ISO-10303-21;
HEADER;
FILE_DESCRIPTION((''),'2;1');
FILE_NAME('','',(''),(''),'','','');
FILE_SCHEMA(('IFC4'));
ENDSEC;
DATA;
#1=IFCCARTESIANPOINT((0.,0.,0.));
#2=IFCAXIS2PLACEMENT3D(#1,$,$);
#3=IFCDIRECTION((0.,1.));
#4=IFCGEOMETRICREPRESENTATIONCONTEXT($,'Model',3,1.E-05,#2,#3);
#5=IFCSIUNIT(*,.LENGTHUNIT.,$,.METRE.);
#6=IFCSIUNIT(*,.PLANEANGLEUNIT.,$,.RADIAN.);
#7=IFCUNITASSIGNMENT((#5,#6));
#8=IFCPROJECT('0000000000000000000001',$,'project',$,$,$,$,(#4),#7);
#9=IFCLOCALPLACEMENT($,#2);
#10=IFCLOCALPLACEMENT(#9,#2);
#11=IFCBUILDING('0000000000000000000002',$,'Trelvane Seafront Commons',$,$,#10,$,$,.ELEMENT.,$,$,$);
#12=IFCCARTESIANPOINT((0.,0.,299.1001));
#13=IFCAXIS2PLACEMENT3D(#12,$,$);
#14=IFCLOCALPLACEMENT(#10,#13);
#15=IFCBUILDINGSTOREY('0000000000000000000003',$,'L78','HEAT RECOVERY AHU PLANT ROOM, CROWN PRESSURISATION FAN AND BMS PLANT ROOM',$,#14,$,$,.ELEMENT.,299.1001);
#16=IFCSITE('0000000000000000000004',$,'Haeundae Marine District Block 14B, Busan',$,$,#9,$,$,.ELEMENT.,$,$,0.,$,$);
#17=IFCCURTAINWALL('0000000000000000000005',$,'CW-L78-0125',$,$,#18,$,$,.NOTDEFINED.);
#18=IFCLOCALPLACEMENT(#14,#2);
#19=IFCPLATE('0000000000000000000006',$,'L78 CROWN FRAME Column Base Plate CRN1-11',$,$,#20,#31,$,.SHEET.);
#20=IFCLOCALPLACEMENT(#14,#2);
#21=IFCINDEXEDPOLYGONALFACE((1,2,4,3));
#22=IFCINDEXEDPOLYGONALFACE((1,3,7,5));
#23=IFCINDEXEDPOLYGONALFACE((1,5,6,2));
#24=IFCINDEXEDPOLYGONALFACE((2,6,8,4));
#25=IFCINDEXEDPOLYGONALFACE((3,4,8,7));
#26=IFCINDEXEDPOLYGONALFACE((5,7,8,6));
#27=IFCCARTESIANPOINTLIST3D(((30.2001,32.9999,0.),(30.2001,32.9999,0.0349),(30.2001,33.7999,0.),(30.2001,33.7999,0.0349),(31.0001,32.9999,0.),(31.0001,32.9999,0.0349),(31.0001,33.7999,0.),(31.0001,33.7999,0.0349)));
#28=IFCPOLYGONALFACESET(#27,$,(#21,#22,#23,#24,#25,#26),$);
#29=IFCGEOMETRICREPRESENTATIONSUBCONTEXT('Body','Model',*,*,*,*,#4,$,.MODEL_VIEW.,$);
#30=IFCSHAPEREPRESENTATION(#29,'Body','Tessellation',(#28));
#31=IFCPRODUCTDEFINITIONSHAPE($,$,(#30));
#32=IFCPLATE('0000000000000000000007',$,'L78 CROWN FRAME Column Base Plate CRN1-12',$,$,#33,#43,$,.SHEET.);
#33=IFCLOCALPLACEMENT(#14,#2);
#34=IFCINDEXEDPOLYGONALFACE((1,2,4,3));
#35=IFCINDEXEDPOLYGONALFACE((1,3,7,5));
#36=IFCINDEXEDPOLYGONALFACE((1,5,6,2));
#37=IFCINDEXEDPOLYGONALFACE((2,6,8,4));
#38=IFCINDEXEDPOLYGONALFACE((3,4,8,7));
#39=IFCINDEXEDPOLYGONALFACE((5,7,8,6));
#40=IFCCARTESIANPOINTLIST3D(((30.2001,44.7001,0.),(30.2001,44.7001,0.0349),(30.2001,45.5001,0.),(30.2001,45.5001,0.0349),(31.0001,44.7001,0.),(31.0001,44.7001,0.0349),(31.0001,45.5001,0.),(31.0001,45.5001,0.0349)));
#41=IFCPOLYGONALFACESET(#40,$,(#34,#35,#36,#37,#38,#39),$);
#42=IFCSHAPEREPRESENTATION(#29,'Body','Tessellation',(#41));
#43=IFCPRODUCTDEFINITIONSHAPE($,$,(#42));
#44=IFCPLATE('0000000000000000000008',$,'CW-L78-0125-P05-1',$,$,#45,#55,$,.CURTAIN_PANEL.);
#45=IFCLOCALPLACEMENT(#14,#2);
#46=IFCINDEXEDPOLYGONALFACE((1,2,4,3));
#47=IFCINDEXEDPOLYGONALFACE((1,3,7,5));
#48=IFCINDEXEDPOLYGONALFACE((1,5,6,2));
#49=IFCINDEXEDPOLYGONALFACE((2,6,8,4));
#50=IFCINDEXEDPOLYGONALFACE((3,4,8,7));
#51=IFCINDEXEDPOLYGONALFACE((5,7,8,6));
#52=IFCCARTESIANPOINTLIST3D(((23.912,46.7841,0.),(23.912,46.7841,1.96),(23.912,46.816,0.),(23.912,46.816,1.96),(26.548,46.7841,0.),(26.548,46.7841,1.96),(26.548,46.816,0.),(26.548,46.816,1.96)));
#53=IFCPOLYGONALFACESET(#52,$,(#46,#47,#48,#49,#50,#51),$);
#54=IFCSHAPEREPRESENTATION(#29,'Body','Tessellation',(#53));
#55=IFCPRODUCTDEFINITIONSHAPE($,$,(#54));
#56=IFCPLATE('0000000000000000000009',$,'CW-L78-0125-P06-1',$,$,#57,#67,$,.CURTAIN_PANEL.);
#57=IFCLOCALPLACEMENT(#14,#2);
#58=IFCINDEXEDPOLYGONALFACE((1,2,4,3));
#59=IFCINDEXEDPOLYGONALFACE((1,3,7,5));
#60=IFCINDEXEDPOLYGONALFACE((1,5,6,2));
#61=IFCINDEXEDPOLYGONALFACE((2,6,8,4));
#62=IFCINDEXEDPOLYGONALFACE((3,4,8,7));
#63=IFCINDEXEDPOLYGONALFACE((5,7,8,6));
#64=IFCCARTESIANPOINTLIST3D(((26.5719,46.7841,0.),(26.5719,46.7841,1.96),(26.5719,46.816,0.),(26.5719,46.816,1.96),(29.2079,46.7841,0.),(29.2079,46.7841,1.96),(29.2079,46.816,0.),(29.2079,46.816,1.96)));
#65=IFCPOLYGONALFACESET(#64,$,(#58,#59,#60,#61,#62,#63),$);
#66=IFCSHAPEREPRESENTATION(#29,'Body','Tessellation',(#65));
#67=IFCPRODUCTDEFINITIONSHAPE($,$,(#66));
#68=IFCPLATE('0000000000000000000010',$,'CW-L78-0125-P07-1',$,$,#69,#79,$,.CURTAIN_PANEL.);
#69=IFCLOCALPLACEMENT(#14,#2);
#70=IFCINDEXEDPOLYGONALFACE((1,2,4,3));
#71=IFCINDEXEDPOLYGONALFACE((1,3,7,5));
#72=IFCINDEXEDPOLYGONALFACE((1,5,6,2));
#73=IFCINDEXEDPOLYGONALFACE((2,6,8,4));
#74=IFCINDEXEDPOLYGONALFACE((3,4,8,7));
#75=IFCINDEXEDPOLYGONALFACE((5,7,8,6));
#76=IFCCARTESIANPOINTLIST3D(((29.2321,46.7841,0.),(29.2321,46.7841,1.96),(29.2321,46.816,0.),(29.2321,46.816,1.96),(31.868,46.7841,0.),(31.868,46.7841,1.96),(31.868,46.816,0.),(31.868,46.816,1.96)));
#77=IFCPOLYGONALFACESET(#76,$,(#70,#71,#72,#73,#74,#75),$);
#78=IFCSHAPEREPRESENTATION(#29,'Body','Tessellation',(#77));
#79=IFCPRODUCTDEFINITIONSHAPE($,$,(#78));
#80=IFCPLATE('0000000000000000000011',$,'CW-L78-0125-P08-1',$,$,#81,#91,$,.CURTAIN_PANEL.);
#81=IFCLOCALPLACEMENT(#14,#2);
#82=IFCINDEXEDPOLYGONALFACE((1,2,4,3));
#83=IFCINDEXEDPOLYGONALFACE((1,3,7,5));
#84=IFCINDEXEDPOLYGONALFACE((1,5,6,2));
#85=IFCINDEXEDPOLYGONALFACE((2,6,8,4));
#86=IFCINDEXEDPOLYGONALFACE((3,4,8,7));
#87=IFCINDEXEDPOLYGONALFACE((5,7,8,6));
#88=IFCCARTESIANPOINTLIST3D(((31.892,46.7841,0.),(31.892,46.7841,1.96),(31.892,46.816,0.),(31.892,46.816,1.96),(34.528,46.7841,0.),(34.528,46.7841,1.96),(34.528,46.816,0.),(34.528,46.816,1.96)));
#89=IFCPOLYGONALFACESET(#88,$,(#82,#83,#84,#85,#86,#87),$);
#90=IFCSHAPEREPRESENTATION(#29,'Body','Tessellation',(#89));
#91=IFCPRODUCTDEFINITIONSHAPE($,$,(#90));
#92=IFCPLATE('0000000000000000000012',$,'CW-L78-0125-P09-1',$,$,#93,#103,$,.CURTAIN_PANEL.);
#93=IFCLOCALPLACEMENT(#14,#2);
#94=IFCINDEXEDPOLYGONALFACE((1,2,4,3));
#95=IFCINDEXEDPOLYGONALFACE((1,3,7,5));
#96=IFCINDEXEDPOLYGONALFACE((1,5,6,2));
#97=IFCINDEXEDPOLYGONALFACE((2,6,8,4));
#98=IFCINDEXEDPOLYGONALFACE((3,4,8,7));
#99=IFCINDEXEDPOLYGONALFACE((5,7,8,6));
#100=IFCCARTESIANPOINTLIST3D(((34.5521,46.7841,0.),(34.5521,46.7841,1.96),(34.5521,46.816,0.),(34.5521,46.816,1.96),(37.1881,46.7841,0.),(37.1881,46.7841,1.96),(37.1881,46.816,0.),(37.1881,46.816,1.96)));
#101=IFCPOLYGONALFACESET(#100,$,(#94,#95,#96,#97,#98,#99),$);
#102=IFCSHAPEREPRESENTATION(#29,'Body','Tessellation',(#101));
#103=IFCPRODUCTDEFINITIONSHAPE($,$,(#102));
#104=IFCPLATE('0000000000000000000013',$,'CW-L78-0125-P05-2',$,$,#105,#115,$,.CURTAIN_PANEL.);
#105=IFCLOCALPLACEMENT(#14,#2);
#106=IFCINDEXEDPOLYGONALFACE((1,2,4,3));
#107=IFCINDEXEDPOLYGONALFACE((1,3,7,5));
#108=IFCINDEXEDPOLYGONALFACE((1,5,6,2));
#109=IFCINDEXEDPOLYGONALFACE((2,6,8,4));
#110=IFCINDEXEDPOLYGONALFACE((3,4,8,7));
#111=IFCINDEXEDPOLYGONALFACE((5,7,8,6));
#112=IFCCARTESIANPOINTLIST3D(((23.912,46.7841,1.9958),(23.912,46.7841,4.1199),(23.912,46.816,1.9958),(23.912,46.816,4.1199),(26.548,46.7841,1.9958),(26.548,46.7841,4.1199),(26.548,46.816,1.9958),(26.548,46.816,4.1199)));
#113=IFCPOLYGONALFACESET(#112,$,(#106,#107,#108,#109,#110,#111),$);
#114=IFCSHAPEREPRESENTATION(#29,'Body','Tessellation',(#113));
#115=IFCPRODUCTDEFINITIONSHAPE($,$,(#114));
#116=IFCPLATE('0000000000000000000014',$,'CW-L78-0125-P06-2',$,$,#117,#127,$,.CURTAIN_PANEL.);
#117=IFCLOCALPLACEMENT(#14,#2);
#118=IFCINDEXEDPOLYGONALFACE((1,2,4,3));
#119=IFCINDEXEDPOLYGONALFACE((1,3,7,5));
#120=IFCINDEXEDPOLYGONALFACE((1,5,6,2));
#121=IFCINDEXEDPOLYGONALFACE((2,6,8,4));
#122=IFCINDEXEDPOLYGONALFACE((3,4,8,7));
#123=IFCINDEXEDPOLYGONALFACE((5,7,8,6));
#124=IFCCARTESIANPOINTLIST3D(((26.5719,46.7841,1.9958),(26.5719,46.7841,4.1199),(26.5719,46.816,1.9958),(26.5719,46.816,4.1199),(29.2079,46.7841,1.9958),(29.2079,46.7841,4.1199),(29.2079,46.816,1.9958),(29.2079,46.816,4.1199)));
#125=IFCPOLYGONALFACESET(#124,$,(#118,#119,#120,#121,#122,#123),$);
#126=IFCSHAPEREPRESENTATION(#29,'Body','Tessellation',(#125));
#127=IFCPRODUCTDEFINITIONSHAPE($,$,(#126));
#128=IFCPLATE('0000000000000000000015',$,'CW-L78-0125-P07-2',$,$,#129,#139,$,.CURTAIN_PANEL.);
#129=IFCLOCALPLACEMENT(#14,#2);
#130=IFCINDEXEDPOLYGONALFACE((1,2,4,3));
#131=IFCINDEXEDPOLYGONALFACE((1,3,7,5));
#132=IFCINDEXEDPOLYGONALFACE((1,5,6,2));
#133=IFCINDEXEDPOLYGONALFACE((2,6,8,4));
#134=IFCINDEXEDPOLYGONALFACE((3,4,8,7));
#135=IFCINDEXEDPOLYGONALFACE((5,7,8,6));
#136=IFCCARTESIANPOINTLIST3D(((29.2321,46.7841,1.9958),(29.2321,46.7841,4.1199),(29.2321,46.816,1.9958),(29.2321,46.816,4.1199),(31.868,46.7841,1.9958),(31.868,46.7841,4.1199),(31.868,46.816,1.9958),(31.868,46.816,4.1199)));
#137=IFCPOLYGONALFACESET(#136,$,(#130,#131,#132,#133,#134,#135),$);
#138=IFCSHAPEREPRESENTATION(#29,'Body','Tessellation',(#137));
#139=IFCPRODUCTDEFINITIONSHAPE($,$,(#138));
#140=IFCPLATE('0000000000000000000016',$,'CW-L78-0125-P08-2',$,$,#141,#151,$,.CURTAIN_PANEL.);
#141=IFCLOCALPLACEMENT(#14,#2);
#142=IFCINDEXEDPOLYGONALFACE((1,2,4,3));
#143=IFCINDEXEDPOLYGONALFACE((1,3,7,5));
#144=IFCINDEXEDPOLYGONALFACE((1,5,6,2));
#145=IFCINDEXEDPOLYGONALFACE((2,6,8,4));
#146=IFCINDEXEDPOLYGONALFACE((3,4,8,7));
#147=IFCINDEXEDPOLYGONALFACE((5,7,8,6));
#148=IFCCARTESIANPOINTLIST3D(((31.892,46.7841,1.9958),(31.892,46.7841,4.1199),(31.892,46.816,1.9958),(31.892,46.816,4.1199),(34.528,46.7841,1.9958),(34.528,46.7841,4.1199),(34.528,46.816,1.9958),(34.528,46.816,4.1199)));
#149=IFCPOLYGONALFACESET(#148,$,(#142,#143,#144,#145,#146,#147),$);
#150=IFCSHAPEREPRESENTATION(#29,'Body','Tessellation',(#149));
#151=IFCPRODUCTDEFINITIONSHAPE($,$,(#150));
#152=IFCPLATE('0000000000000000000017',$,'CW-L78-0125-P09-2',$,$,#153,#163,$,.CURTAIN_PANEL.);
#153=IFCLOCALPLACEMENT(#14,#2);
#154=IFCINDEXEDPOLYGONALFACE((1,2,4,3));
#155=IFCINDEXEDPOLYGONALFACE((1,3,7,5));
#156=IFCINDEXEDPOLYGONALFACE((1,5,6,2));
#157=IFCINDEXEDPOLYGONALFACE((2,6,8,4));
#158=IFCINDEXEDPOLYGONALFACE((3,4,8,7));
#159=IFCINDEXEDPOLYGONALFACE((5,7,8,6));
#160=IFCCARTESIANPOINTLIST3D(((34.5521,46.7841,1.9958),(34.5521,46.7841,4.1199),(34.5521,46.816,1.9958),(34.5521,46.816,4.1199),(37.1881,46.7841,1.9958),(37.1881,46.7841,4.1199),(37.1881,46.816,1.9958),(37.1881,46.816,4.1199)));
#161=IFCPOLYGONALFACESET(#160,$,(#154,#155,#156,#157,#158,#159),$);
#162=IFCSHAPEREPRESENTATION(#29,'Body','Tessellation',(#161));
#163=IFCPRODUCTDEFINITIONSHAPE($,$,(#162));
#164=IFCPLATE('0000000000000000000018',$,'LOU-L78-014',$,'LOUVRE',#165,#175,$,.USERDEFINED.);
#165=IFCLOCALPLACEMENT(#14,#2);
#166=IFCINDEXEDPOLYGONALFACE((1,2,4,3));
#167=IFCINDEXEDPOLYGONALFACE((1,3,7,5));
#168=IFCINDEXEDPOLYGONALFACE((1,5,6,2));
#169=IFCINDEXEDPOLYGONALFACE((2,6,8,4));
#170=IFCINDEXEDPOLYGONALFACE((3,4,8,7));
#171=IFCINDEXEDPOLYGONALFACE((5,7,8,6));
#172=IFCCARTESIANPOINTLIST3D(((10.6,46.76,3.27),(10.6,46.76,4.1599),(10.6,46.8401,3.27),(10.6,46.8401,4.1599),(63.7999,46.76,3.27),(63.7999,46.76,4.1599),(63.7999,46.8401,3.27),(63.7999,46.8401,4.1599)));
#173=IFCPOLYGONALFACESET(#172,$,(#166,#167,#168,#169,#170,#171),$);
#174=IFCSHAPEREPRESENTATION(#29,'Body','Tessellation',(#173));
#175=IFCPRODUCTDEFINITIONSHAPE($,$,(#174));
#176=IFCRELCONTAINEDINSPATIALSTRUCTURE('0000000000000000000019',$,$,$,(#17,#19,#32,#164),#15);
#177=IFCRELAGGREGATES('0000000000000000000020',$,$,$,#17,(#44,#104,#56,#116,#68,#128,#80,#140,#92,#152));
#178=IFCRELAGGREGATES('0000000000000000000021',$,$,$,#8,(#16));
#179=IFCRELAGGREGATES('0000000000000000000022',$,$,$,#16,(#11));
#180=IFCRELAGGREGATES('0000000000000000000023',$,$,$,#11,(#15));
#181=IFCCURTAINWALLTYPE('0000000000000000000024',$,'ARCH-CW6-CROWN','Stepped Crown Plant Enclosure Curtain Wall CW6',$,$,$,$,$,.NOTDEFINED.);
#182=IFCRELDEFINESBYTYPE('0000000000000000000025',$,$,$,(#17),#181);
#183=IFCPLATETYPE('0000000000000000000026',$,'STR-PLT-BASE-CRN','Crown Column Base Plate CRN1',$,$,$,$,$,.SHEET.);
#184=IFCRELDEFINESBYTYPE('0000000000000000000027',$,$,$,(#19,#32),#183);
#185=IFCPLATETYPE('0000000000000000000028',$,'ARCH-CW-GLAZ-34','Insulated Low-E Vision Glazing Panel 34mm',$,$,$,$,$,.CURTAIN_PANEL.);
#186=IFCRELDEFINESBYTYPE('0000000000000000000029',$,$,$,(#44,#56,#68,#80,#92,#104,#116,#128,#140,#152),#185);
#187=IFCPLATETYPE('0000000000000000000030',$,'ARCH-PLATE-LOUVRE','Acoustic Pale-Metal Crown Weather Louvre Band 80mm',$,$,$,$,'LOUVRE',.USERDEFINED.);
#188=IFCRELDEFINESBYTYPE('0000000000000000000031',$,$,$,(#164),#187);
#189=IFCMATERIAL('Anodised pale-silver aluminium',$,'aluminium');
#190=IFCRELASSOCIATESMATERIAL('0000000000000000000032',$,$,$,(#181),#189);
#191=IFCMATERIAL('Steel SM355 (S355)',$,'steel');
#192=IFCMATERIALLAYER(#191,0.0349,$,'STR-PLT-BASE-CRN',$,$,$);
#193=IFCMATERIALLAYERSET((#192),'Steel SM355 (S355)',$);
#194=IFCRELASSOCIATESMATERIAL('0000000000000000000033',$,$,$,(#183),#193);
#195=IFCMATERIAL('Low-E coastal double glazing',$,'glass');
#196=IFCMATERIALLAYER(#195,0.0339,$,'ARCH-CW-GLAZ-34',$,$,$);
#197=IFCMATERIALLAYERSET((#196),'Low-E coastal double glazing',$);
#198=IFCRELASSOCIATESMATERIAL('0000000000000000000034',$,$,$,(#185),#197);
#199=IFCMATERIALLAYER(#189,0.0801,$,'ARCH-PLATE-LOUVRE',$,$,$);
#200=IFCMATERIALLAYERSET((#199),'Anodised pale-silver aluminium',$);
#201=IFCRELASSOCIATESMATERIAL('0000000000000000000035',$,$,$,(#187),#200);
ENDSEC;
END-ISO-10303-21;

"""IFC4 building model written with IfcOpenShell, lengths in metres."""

from ifc_helpers import new_model, si_unit, direction, frame, origin, origin_2d, place, context, subcontext, project, spatial, rectangle, extrude, source, transform, mapped, material, layer, layer_set, type_object, element, aggregate, save


model = new_model("IFC4")

# Units and contexts
model_context = context("Model", 3, precision=1e-05, world=origin(), true_north=direction((0.0, 1.0)))
body_context = subcontext(model_context, "Body", "Model", "MODEL_VIEW")
ifc_project = project(units=[si_unit("LENGTHUNIT", "METRE"), si_unit("PLANEANGLEUNIT", "RADIAN")], contexts=[model_context])

# Site, building, storey
site_placement = place(None, origin())
site = spatial("IfcSite", under=ifc_project, at=site_placement, Name="Haeundae Marine District Block 14B, Busan", CompositionType="ELEMENT", RefElevation=0.0)
building_placement = place(site_placement, origin())
building = spatial("IfcBuilding", under=site, at=building_placement, Name="Trelvane Seafront Commons", CompositionType="ELEMENT")
storey_placement = place(building_placement, frame((0.0, 0.0, 299.1001)))
storey = spatial("IfcBuildingStorey", under=building, at=storey_placement, Name="L78", Description="HEAT RECOVERY AHU PLANT ROOM, CROWN PRESSURISATION FAN AND BMS PLANT ROOM", CompositionType="ELEMENT", Elevation=299.1001)

# Shared definitions
ifc_material_1 = material(Name="Steel SM355 (S355)", Category="steel")

# Curtain wall
ifc_material_2 = material(Name="Anodised pale-silver aluminium", Category="aluminium")
curtain_wall_type = type_object("IfcCurtainWallType", Name="ARCH-CW6-CROWN", Description="Stepped Crown Plant Enclosure Curtain Wall CW6", PredefinedType="NOTDEFINED", material=ifc_material_2)
curtain_wall_placement = place(storey_placement, origin())
curtain_wall = element("IfcCurtainWall", 1, at=curtain_wall_placement, inside=storey, type_object=curtain_wall_type, Name="CW-L78-0125", PredefinedType="NOTDEFINED")

# Plates
ifc_layer_1 = layer(ifc_material_1, 0.0349, Name="STR-PLT-BASE-CRN")
ifc_layer_set_1 = layer_set([ifc_layer_1], Name="Steel SM355 (S355)")
plate_type_1 = type_object("IfcPlateType", Name="STR-PLT-BASE-CRN", Description="Crown Column Base Plate CRN1", PredefinedType="SHEET", material=ifc_layer_set_1)
shared_shape_1 = source(origin(), body_context, "Body", "SweptSolid", [
    extrude(rectangle(XDim=0.8, YDim=0.8, at=origin_2d()), origin(), (0.0, 0.0, 1.0), 0.0349),
])
for number, where, z_axis, x_axis, name in (
    (2, (30.6001, 33.3999, 0.0), (0.0, 0.0, 1.0), (1.0, 0.0, 0.0), "L78 CROWN FRAME Column Base Plate CRN1-11"),
    (3, (30.6001, 45.1001, 0.0), (0.0, 0.0, 1.0), (1.0, 0.0, 0.0), "L78 CROWN FRAME Column Base Plate CRN1-12"),
):
    element("IfcPlate", number, at=place(storey_placement, frame(where, z_axis=z_axis, x_axis=x_axis)), inside=storey, type_object=plate_type_1, Name=name, PredefinedType="SHEET", context=body_context, shape_type="MappedRepresentation", body=[
        mapped(shared_shape_1, transform((0.0, 0.0, 0.0), x_axis=(1.0, 0.0, 0.0), y_axis=(0.0, 1.0, 0.0), z_axis=(0.0, 0.0, 1.0), scale=1.0)),
    ])

# Plates
ifc_material_3 = material(Name="Low-E coastal double glazing", Category="glass")
ifc_layer_2 = layer(ifc_material_3, 0.0339, Name="ARCH-CW-GLAZ-34")
ifc_layer_set_2 = layer_set([ifc_layer_2], Name="Low-E coastal double glazing")
plate_type_2 = type_object("IfcPlateType", Name="ARCH-CW-GLAZ-34", Description="Insulated Low-E Vision Glazing Panel 34mm", PredefinedType="CURTAIN_PANEL", material=ifc_layer_set_2)
shared_shape_2 = source(origin(), body_context, "Body", "SweptSolid", [
    extrude(rectangle(XDim=2.636, YDim=0.032, at=origin_2d()), origin(), (0.0, 0.0, 1.0), 1.96),
])
plate_1_placement = place(storey_placement, frame((25.23, 46.8, 0.0), z_axis=(0.0, 0.0, 1.0), x_axis=(1.0, 0.0, 0.0)))
plate_1 = element("IfcPlate", 4, at=plate_1_placement, type_object=plate_type_2, Name="CW-L78-0125-P05-1", PredefinedType="CURTAIN_PANEL", context=body_context, shape_type="MappedRepresentation", body=[
    mapped(shared_shape_2, transform((0.0, 0.0, 0.0), x_axis=(1.0, 0.0, 0.0), y_axis=(0.0, 1.0, 0.0), z_axis=(0.0, 0.0, 1.0), scale=1.0)),
])
plate_2_placement = place(storey_placement, frame((27.8899, 46.8, 0.0), z_axis=(0.0, 0.0, 1.0), x_axis=(1.0, 0.0, 0.0)))
plate_2 = element("IfcPlate", 5, at=plate_2_placement, type_object=plate_type_2, Name="CW-L78-0125-P06-1", PredefinedType="CURTAIN_PANEL", context=body_context, shape_type="MappedRepresentation", body=[
    mapped(shared_shape_2, transform((0.0, 0.0, 0.0), x_axis=(1.0, 0.0, 0.0), y_axis=(0.0, 1.0, 0.0), z_axis=(0.0, 0.0, 1.0), scale=1.0)),
])
plate_3_placement = place(storey_placement, frame((30.55, 46.8, 0.0), z_axis=(0.0, 0.0, 1.0), x_axis=(1.0, 0.0, 0.0)))
plate_3 = element("IfcPlate", 6, at=plate_3_placement, type_object=plate_type_2, Name="CW-L78-0125-P07-1", PredefinedType="CURTAIN_PANEL", context=body_context, shape_type="MappedRepresentation", body=[
    mapped(shared_shape_2, transform((0.0, 0.0, 0.0), x_axis=(1.0, 0.0, 0.0), y_axis=(0.0, 1.0, 0.0), z_axis=(0.0, 0.0, 1.0), scale=1.0)),
])
plate_4_placement = place(storey_placement, frame((33.21, 46.8, 0.0), z_axis=(0.0, 0.0, 1.0), x_axis=(1.0, 0.0, 0.0)))
plate_4 = element("IfcPlate", 7, at=plate_4_placement, type_object=plate_type_2, Name="CW-L78-0125-P08-1", PredefinedType="CURTAIN_PANEL", context=body_context, shape_type="MappedRepresentation", body=[
    mapped(shared_shape_2, transform((0.0, 0.0, 0.0), x_axis=(1.0, 0.0, 0.0), y_axis=(0.0, 1.0, 0.0), z_axis=(0.0, 0.0, 1.0), scale=1.0)),
])
plate_5_placement = place(storey_placement, frame((35.8701, 46.8, 0.0), z_axis=(0.0, 0.0, 1.0), x_axis=(1.0, 0.0, 0.0)))
plate_5 = element("IfcPlate", 8, at=plate_5_placement, type_object=plate_type_2, Name="CW-L78-0125-P09-1", PredefinedType="CURTAIN_PANEL", context=body_context, shape_type="MappedRepresentation", body=[
    mapped(shared_shape_2, transform((0.0, 0.0, 0.0), x_axis=(1.0, 0.0, 0.0), y_axis=(0.0, 1.0, 0.0), z_axis=(0.0, 0.0, 1.0), scale=1.0)),
])
shared_shape_3 = source(origin(), body_context, "Body", "SweptSolid", [
    extrude(rectangle(XDim=2.636, YDim=0.032, at=origin_2d()), origin(), (0.0, 0.0, 1.0), 2.124),
])
plate_6_placement = place(storey_placement, frame((25.23, 46.8, 1.9958), z_axis=(0.0, 0.0, 1.0), x_axis=(1.0, 0.0, 0.0)))
plate_6 = element("IfcPlate", 9, at=plate_6_placement, type_object=plate_type_2, Name="CW-L78-0125-P05-2", PredefinedType="CURTAIN_PANEL", context=body_context, shape_type="MappedRepresentation", body=[
    mapped(shared_shape_3, transform((0.0, 0.0, 0.0), x_axis=(1.0, 0.0, 0.0), y_axis=(0.0, 1.0, 0.0), z_axis=(0.0, 0.0, 1.0), scale=1.0)),
])
plate_7_placement = place(storey_placement, frame((27.8899, 46.8, 1.9958), z_axis=(0.0, 0.0, 1.0), x_axis=(1.0, 0.0, 0.0)))
plate_7 = element("IfcPlate", 10, at=plate_7_placement, type_object=plate_type_2, Name="CW-L78-0125-P06-2", PredefinedType="CURTAIN_PANEL", context=body_context, shape_type="MappedRepresentation", body=[
    mapped(shared_shape_3, transform((0.0, 0.0, 0.0), x_axis=(1.0, 0.0, 0.0), y_axis=(0.0, 1.0, 0.0), z_axis=(0.0, 0.0, 1.0), scale=1.0)),
])
plate_8_placement = place(storey_placement, frame((30.55, 46.8, 1.9958), z_axis=(0.0, 0.0, 1.0), x_axis=(1.0, 0.0, 0.0)))
plate_8 = element("IfcPlate", 11, at=plate_8_placement, type_object=plate_type_2, Name="CW-L78-0125-P07-2", PredefinedType="CURTAIN_PANEL", context=body_context, shape_type="MappedRepresentation", body=[
    mapped(shared_shape_3, transform((0.0, 0.0, 0.0), x_axis=(1.0, 0.0, 0.0), y_axis=(0.0, 1.0, 0.0), z_axis=(0.0, 0.0, 1.0), scale=1.0)),
])
plate_9_placement = place(storey_placement, frame((33.21, 46.8, 1.9958), z_axis=(0.0, 0.0, 1.0), x_axis=(1.0, 0.0, 0.0)))
plate_9 = element("IfcPlate", 12, at=plate_9_placement, type_object=plate_type_2, Name="CW-L78-0125-P08-2", PredefinedType="CURTAIN_PANEL", context=body_context, shape_type="MappedRepresentation", body=[
    mapped(shared_shape_3, transform((0.0, 0.0, 0.0), x_axis=(1.0, 0.0, 0.0), y_axis=(0.0, 1.0, 0.0), z_axis=(0.0, 0.0, 1.0), scale=1.0)),
])
plate_10_placement = place(storey_placement, frame((35.8701, 46.8, 1.9958), z_axis=(0.0, 0.0, 1.0), x_axis=(1.0, 0.0, 0.0)))
plate_10 = element("IfcPlate", 13, at=plate_10_placement, type_object=plate_type_2, Name="CW-L78-0125-P09-2", PredefinedType="CURTAIN_PANEL", context=body_context, shape_type="MappedRepresentation", body=[
    mapped(shared_shape_3, transform((0.0, 0.0, 0.0), x_axis=(1.0, 0.0, 0.0), y_axis=(0.0, 1.0, 0.0), z_axis=(0.0, 0.0, 1.0), scale=1.0)),
])
aggregate(curtain_wall, [plate_1, plate_6, plate_2, plate_7, plate_3, plate_8, plate_4, plate_9, plate_5, plate_10])
ifc_layer_3 = layer(ifc_material_2, 0.0801, Name="ARCH-PLATE-LOUVRE")
ifc_layer_set_3 = layer_set([ifc_layer_3], Name="Anodised pale-silver aluminium")
plate_type_3 = type_object("IfcPlateType", Name="ARCH-PLATE-LOUVRE", Description="Acoustic Pale-Metal Crown Weather Louvre Band 80mm", ElementType="LOUVRE", PredefinedType="USERDEFINED", material=ifc_layer_set_3)
shared_shape_4 = source(origin(), body_context, "Body", "SweptSolid", [
    extrude(rectangle(XDim=53.2, YDim=0.0801, at=origin_2d()), origin(), (0.0, 0.0, 1.0), 0.8899),
])
plate_11_placement = place(storey_placement, frame((37.2, 46.8, 3.27), z_axis=(0.0, 0.0, 1.0), x_axis=(1.0, 0.0, 0.0)))
element("IfcPlate", 14, at=plate_11_placement, inside=storey, type_object=plate_type_3, Name="LOU-L78-014", ObjectType="LOUVRE", PredefinedType="USERDEFINED", context=body_context, shape_type="MappedRepresentation", body=[
    mapped(shared_shape_4, transform((0.0, 0.0, 0.0), x_axis=(1.0, 0.0, 0.0), y_axis=(0.0, 1.0, 0.0), z_axis=(0.0, 0.0, 1.0), scale=1.0)),
])

save(model, "model.ifc")
